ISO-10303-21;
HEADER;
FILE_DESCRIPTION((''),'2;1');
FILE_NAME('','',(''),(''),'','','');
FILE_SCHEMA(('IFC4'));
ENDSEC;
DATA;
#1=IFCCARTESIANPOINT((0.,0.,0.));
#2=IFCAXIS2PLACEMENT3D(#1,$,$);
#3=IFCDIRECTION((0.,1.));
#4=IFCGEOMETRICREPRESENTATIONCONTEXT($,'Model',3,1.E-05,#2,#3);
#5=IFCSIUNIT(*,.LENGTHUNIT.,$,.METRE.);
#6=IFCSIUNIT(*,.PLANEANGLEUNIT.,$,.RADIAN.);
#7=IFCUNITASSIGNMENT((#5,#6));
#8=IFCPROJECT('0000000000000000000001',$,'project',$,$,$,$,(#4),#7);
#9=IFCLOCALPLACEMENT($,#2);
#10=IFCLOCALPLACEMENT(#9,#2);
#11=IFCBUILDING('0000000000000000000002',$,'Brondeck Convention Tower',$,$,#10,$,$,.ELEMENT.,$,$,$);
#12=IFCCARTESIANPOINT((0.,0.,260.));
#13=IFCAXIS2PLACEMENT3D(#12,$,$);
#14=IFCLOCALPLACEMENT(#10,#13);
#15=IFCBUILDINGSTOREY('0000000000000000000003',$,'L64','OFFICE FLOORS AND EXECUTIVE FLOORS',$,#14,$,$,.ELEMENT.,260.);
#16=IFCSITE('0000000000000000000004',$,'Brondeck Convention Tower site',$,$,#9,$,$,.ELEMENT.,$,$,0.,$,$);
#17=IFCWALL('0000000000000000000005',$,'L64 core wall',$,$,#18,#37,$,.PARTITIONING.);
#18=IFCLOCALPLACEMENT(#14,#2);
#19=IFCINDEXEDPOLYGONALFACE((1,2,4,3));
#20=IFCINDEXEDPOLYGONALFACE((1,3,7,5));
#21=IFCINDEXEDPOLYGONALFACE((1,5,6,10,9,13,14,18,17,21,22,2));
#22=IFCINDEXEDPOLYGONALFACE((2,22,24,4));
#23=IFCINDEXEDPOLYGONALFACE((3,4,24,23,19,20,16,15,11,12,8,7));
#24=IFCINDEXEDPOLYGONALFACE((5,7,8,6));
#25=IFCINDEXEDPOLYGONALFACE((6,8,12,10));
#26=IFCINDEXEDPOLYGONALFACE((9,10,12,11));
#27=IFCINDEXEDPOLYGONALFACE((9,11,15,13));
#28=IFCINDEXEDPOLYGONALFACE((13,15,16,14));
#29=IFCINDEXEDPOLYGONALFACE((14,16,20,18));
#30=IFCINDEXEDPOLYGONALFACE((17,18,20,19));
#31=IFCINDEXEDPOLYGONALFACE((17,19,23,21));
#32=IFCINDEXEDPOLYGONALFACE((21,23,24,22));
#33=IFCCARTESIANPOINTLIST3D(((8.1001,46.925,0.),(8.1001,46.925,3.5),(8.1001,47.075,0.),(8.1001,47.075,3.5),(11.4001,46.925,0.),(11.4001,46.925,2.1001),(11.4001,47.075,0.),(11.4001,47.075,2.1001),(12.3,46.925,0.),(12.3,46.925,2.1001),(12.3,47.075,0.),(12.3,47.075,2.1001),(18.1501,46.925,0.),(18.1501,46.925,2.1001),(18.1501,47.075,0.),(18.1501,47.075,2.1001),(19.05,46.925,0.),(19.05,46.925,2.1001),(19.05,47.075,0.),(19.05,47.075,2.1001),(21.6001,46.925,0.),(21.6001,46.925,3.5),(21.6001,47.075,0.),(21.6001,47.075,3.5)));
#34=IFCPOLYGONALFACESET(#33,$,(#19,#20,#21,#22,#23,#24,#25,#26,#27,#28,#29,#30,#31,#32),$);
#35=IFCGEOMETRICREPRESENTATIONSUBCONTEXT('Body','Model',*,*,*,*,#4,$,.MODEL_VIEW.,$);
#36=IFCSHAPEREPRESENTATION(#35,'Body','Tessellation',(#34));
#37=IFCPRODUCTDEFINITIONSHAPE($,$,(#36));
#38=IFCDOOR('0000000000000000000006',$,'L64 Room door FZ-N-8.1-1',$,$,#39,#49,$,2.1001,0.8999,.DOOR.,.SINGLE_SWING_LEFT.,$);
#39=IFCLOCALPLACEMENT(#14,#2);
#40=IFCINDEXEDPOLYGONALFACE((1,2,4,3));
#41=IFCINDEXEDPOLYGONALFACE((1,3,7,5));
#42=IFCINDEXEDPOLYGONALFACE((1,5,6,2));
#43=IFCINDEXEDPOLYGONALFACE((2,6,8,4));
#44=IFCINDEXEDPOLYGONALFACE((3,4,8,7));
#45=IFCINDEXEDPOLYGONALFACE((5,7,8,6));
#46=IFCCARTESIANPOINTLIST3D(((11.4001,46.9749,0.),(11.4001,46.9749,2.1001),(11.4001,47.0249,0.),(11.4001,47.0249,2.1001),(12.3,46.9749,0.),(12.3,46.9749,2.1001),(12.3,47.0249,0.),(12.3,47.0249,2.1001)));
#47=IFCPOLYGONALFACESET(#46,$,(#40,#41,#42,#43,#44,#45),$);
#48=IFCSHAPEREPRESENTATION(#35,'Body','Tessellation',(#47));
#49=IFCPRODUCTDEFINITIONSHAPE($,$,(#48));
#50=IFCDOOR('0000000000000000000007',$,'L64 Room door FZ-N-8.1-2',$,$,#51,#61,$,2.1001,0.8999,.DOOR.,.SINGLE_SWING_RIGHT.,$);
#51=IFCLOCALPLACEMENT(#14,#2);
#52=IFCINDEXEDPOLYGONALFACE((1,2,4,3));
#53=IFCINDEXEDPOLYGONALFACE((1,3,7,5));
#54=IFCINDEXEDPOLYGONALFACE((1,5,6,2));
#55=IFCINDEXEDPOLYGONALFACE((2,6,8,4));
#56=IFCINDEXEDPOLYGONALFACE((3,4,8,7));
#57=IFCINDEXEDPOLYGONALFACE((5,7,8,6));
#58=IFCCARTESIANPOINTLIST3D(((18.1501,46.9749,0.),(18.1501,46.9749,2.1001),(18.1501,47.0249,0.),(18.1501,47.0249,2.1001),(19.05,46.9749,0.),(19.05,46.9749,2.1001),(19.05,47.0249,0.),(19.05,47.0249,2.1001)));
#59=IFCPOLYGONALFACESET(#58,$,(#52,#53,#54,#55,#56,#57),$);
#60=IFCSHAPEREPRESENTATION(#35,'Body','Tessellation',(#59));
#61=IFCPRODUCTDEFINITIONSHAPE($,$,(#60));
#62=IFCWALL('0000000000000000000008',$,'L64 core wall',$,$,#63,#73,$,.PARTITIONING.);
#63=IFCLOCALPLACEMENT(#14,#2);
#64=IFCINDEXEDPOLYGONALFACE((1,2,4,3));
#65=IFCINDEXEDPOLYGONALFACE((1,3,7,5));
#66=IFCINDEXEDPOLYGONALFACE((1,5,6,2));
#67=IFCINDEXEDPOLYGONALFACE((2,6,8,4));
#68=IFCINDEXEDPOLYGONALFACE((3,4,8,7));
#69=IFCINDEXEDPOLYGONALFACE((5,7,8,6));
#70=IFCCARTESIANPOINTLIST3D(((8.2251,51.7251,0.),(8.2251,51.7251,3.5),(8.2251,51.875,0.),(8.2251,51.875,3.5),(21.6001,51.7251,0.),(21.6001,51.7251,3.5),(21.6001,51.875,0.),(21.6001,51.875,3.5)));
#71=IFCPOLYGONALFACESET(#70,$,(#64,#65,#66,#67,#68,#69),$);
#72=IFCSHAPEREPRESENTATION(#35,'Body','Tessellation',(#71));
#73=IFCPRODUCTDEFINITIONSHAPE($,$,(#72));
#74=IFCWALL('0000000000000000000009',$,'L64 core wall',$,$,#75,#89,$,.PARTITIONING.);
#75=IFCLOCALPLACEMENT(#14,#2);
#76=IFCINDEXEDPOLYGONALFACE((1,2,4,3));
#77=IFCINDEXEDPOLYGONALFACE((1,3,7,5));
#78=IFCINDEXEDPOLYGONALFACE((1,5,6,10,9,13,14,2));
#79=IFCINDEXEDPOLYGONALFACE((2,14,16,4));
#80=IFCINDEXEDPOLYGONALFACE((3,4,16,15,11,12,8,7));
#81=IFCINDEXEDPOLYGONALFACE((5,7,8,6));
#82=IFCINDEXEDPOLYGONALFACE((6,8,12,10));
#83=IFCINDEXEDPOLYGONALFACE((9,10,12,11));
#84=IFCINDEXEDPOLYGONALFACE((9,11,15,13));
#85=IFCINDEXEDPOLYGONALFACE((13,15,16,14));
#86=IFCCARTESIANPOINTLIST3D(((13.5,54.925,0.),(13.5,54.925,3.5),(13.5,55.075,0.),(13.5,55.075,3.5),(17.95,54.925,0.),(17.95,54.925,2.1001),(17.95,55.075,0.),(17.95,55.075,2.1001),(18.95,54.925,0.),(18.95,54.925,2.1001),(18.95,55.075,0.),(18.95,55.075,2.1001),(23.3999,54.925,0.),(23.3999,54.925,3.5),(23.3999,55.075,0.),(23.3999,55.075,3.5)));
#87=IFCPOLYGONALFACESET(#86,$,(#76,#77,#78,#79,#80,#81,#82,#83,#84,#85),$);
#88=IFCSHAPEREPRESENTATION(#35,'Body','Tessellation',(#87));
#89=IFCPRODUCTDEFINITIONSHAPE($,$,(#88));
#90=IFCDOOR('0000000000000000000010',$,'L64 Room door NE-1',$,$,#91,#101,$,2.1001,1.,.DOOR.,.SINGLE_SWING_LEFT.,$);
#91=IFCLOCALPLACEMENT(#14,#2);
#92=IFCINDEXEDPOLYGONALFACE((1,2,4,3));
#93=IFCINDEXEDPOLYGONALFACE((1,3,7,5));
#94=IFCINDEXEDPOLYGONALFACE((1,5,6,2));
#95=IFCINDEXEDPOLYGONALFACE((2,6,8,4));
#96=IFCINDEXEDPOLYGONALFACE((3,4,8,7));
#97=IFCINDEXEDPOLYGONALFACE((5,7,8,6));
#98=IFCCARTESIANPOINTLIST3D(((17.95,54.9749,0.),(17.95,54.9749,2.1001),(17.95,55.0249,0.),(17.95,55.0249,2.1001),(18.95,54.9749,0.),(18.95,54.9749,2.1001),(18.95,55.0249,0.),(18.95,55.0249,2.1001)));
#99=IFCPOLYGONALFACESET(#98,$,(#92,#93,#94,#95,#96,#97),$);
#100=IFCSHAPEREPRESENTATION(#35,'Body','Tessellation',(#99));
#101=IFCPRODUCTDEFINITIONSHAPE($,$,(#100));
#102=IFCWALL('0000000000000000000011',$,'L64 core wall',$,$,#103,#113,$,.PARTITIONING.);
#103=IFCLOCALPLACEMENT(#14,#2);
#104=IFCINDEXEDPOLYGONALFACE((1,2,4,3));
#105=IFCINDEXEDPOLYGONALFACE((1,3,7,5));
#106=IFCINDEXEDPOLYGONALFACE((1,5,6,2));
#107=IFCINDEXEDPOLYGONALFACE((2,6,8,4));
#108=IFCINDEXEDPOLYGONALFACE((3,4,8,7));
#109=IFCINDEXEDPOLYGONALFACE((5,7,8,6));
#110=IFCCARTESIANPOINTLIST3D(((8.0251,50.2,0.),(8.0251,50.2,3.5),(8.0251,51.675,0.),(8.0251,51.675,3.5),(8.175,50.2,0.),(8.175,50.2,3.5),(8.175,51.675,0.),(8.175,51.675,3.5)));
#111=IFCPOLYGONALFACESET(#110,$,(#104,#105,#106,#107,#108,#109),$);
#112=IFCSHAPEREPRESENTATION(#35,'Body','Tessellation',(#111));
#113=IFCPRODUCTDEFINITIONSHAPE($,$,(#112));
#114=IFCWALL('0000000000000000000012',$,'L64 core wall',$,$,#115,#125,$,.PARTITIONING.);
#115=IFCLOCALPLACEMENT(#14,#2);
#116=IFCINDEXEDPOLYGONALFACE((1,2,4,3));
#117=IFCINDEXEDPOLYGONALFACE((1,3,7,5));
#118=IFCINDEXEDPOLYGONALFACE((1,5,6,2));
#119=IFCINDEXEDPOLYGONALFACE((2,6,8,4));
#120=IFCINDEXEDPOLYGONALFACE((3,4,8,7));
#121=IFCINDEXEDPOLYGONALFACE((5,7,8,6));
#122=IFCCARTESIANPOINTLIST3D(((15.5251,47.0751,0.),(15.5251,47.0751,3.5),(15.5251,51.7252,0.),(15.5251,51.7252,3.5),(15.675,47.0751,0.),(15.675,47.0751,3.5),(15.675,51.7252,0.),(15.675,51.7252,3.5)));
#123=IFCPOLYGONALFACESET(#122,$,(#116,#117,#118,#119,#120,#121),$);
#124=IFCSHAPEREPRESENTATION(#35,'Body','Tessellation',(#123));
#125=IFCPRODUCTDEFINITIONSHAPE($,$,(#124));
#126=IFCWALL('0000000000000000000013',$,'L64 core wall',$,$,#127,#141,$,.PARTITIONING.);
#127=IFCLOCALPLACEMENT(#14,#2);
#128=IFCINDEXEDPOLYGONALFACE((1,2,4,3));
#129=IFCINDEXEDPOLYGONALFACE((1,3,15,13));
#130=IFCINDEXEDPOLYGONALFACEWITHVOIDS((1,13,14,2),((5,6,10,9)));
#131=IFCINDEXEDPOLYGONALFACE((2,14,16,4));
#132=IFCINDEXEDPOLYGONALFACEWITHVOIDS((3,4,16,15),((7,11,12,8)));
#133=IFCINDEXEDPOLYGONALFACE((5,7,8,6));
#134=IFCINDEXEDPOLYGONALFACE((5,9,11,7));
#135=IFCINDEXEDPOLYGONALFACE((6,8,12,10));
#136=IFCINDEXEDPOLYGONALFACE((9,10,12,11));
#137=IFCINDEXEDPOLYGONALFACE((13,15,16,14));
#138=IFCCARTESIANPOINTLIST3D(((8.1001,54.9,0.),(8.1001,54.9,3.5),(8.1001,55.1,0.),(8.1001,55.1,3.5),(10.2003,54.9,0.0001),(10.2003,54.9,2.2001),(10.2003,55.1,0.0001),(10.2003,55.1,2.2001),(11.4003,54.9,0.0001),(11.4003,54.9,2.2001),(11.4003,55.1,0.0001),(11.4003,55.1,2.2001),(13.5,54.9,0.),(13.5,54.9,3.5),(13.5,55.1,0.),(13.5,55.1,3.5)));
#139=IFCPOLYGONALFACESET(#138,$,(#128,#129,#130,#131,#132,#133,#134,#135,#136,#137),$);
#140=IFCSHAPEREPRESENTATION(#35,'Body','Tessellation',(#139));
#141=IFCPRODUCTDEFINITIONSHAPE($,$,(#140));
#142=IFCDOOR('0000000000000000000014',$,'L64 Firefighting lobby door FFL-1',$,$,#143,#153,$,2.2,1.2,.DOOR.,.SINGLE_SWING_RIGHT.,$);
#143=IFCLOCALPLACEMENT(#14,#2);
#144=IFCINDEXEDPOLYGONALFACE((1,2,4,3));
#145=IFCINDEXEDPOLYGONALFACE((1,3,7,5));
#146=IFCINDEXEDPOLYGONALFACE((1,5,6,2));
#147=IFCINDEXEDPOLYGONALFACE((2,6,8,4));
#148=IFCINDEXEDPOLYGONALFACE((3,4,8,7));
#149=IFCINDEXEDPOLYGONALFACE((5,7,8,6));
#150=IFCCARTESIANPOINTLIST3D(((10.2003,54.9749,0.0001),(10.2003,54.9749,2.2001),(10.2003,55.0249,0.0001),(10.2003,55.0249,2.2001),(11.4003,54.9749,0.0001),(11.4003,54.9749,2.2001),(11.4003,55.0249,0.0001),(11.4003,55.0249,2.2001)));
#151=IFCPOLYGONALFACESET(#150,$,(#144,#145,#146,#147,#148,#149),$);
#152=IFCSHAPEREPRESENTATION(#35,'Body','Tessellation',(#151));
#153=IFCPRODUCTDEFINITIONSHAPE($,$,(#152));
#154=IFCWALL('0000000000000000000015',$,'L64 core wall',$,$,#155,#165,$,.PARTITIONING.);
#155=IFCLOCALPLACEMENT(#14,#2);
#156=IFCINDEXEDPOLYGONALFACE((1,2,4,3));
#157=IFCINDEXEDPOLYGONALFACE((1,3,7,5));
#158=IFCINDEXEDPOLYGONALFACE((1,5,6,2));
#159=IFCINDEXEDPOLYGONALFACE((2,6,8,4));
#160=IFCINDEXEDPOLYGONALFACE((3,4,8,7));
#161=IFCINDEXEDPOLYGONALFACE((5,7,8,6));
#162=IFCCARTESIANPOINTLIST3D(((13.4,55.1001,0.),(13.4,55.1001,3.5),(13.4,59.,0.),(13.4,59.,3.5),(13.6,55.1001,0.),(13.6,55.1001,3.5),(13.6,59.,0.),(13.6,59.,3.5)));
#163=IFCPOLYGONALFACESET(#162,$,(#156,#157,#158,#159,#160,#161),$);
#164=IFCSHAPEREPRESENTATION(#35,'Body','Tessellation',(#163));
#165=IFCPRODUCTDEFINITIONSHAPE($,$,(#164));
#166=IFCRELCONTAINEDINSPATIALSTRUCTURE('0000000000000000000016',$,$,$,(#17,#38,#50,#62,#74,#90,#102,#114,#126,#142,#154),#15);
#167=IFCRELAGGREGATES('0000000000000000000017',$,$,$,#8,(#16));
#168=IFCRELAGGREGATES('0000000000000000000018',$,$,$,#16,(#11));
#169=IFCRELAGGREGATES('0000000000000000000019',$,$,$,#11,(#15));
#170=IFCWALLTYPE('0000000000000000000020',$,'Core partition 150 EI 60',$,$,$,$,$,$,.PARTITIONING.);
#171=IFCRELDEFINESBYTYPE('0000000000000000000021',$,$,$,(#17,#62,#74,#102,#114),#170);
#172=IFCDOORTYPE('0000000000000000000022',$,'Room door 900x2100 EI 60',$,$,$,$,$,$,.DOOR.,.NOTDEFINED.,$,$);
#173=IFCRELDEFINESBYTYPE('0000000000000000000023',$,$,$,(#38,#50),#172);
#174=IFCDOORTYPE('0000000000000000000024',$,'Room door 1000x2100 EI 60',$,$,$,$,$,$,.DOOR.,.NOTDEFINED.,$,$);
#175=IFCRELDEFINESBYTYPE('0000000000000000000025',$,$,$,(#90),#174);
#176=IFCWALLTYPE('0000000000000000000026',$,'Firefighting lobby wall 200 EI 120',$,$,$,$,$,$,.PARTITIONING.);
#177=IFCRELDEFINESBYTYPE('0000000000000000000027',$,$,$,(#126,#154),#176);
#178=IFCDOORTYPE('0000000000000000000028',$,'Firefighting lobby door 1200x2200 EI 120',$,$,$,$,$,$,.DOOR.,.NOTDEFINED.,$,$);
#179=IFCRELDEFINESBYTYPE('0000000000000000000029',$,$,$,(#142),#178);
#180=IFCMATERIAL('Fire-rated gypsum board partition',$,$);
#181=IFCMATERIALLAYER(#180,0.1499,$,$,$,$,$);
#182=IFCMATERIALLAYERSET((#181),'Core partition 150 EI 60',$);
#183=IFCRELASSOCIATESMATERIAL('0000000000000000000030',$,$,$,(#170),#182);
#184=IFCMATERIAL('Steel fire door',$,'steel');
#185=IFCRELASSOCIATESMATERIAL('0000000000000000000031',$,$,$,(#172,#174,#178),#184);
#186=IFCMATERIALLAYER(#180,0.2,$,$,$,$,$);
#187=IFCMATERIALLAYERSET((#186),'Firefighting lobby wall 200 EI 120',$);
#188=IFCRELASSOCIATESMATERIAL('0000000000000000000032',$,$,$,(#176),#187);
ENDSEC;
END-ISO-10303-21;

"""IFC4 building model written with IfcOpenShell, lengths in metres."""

from ifc_helpers import new_model, si_unit, direction, frame, frame_2d, origin, place, context, subcontext, project, spatial, rectangle, extrude, material, layer, layer_set, type_object, element, fill, save


model = new_model("IFC4")

# Units and contexts
model_context = context("Model", 3, precision=1e-05, world=origin(), true_north=direction((0.0, 1.0)))
body_context = subcontext(model_context, "Body", "Model", "MODEL_VIEW")
ifc_project = project(units=[si_unit("LENGTHUNIT", "METRE"), si_unit("PLANEANGLEUNIT", "RADIAN")], contexts=[model_context])

# Site, building, storey
site_placement = place(None, origin())
site = spatial("IfcSite", under=ifc_project, at=site_placement, Name="Brondeck Convention Tower site", CompositionType="ELEMENT", RefElevation=0.0)
building_placement = place(site_placement, origin())
building = spatial("IfcBuilding", under=site, at=building_placement, Name="Brondeck Convention Tower", CompositionType="ELEMENT")
storey_placement = place(building_placement, frame((0.0, 0.0, 260.0)))
storey = spatial("IfcBuildingStorey", under=building, at=storey_placement, Name="L64", Description="OFFICE FLOORS AND EXECUTIVE FLOORS", CompositionType="ELEMENT", Elevation=260.0)

# Wall, openings, doors
ifc_material_1 = material(Name="Fire-rated gypsum board partition")
ifc_layer_1 = layer(ifc_material_1, 0.1499)
ifc_layer_set_1 = layer_set([ifc_layer_1], Name="Core partition 150 EI 60")
wall_type_1 = type_object("IfcWallType", Name="Core partition 150 EI 60", PredefinedType="PARTITIONING", material=ifc_layer_set_1)
wall_1_placement = place(storey_placement, frame((8.1001, 47.0, 0.0), z_axis=(0.0, 0.0, 1.0), x_axis=(1.0, 0.0, 0.0)))
wall_1 = element("IfcWall", 1, at=wall_1_placement, inside=storey, type_object=wall_type_1, Name="L64 core wall", PredefinedType="PARTITIONING", context=body_context, shape_type="SweptSolid", body=[
    extrude(rectangle(XDim=13.5, YDim=0.1499, at=frame_2d((6.75, 0.0))), origin(), (0.0, 0.0, 1.0), 3.5),
])
opening_1_placement = place(wall_1_placement, frame((3.3, 0.0, 0.0)))
opening_1 = element("IfcOpeningElement", 2, at=opening_1_placement, cuts=wall_1, PredefinedType="OPENING", context=body_context, shape_type="SweptSolid", body=[
    extrude(rectangle(XDim=0.8999, YDim=2.1001, at=frame_2d((0.45, 1.05))), frame((0.0, 0.085, 0.0), z_axis=(0.0, -1.0, 0.0), x_axis=(1.0, 0.0, 0.0)), (0.0, 0.0, 1.0), 0.1699),
])
opening_2_placement = place(wall_1_placement, frame((10.05, 0.0, 0.0)))
opening_2 = element("IfcOpeningElement", 3, at=opening_2_placement, cuts=wall_1, PredefinedType="OPENING", context=body_context, shape_type="SweptSolid", body=[
    extrude(rectangle(XDim=0.8999, YDim=2.1001, at=frame_2d((0.45, 1.05))), frame((0.0, 0.085, 0.0), z_axis=(0.0, -1.0, 0.0), x_axis=(1.0, 0.0, 0.0)), (0.0, 0.0, 1.0), 0.1699),
])
ifc_material_2 = material(Name="Steel fire door", Category="steel")
door_type_1 = type_object("IfcDoorType", Name="Room door 900x2100 EI 60", OperationType="NOTDEFINED", PredefinedType="DOOR", material=ifc_material_2)
door_1_placement = place(opening_1_placement, origin())
door_1 = element("IfcDoor", 4, at=door_1_placement, inside=storey, type_object=door_type_1, Name="L64 Room door FZ-N-8.1-1", OperationType="SINGLE_SWING_LEFT", OverallHeight=2.1001, OverallWidth=0.8999, PredefinedType="DOOR", context=body_context, shape_type="SweptSolid", body=[
    extrude(rectangle(XDim=0.8999, YDim=2.1001, at=frame_2d((0.45, 1.05))), frame((0.0, 0.0249, 0.0), z_axis=(0.0, -1.0, 0.0), x_axis=(1.0, 0.0, 0.0)), (0.0, 0.0, 1.0), 0.05),
])
fill(opening_1, door_1)
door_2_placement = place(opening_2_placement, origin())
door_2 = element("IfcDoor", 5, at=door_2_placement, inside=storey, type_object=door_type_1, Name="L64 Room door FZ-N-8.1-2", OperationType="SINGLE_SWING_RIGHT", OverallHeight=2.1001, OverallWidth=0.8999, PredefinedType="DOOR", context=body_context, shape_type="SweptSolid", body=[
    extrude(rectangle(XDim=0.8999, YDim=2.1001, at=frame_2d((0.45, 1.05))), frame((0.0, 0.0249, 0.0), z_axis=(0.0, -1.0, 0.0), x_axis=(1.0, 0.0, 0.0)), (0.0, 0.0, 1.0), 0.05),
])
fill(opening_2, door_2)

# Wall
wall_2_placement = place(storey_placement, frame((8.2251, 51.8, 0.0), z_axis=(0.0, 0.0, 1.0), x_axis=(1.0, 0.0, 0.0)))
element("IfcWall", 6, at=wall_2_placement, inside=storey, type_object=wall_type_1, Name="L64 core wall", PredefinedType="PARTITIONING", context=body_context, shape_type="SweptSolid", body=[
    extrude(rectangle(XDim=13.375, YDim=0.1499, at=frame_2d((6.6875, 0.0))), origin(), (0.0, 0.0, 1.0), 3.5),
])

# Wall, opening, door
wall_3_placement = place(storey_placement, frame((13.5, 55.0, 0.0), z_axis=(0.0, 0.0, 1.0), x_axis=(1.0, 0.0, 0.0)))
wall_3 = element("IfcWall", 7, at=wall_3_placement, inside=storey, type_object=wall_type_1, Name="L64 core wall", PredefinedType="PARTITIONING", context=body_context, shape_type="SweptSolid", body=[
    extrude(rectangle(XDim=9.8999, YDim=0.1499, at=frame_2d((4.95, 0.0))), origin(), (0.0, 0.0, 1.0), 3.5),
])
opening_3_placement = place(wall_3_placement, frame((4.45, 0.0, 0.0)))
opening_3 = element("IfcOpeningElement", 8, at=opening_3_placement, cuts=wall_3, PredefinedType="OPENING", context=body_context, shape_type="SweptSolid", body=[
    extrude(rectangle(XDim=1.0, YDim=2.1001, at=frame_2d((0.5, 1.05))), frame((0.0, 0.085, 0.0), z_axis=(0.0, -1.0, 0.0), x_axis=(1.0, 0.0, 0.0)), (0.0, 0.0, 1.0), 0.1699),
])
door_type_2 = type_object("IfcDoorType", Name="Room door 1000x2100 EI 60", OperationType="NOTDEFINED", PredefinedType="DOOR", material=ifc_material_2)
door_3_placement = place(opening_3_placement, origin())
door_3 = element("IfcDoor", 9, at=door_3_placement, inside=storey, type_object=door_type_2, Name="L64 Room door NE-1", OperationType="SINGLE_SWING_LEFT", OverallHeight=2.1001, OverallWidth=1.0, PredefinedType="DOOR", context=body_context, shape_type="SweptSolid", body=[
    extrude(rectangle(XDim=1.0, YDim=2.1001, at=frame_2d((0.5, 1.05))), frame((0.0, 0.0249, 0.0), z_axis=(0.0, -1.0, 0.0), x_axis=(1.0, 0.0, 0.0)), (0.0, 0.0, 1.0), 0.05),
])
fill(opening_3, door_3)

# Walls
wall_4_placement = place(storey_placement, frame((8.1001, 50.2, 0.0), z_axis=(0.0, 0.0, 1.0), x_axis=(0.0, 1.0, 0.0)))
element("IfcWall", 10, at=wall_4_placement, inside=storey, type_object=wall_type_1, Name="L64 core wall", PredefinedType="PARTITIONING", context=body_context, shape_type="SweptSolid", body=[
    extrude(rectangle(XDim=1.4751, YDim=0.1499, at=frame_2d((0.7375, 0.0))), origin(), (0.0, 0.0, 1.0), 3.5),
])
wall_5_placement = place(storey_placement, frame((15.6001, 47.075, 0.0), z_axis=(0.0, 0.0, 1.0), x_axis=(0.0, 1.0, 0.0)))
element("IfcWall", 11, at=wall_5_placement, inside=storey, type_object=wall_type_1, Name="L64 core wall", PredefinedType="PARTITIONING", context=body_context, shape_type="SweptSolid", body=[
    extrude(rectangle(XDim=4.6501, YDim=0.1499, at=frame_2d((2.3252, 0.0))), origin(), (0.0, 0.0, 1.0), 3.5),
])

# Wall, opening, door
ifc_layer_2 = layer(ifc_material_1, 0.2)
ifc_layer_set_2 = layer_set([ifc_layer_2], Name="Firefighting lobby wall 200 EI 120")
wall_type_2 = type_object("IfcWallType", Name="Firefighting lobby wall 200 EI 120", PredefinedType="PARTITIONING", material=ifc_layer_set_2)
wall_6_placement = place(storey_placement, frame((8.1001, 55.0, 0.0), z_axis=(0.0, 0.0, 1.0), x_axis=(1.0, 0.0, 0.0)))
wall_6 = element("IfcWall", 12, at=wall_6_placement, inside=storey, type_object=wall_type_2, Name="L64 core wall", PredefinedType="PARTITIONING", context=body_context, shape_type="SweptSolid", body=[
    extrude(rectangle(XDim=5.3999, YDim=0.2, at=frame_2d((2.7, 0.0))), origin(), (0.0, 0.0, 1.0), 3.5),
])
opening_4_placement = place(wall_6_placement, frame((2.1001, 0.0, 0.0)))
opening_4 = element("IfcOpeningElement", 13, at=opening_4_placement, cuts=wall_6, PredefinedType="OPENING", context=body_context, shape_type="SweptSolid", body=[
    extrude(rectangle(XDim=1.2, YDim=2.2, at=frame_2d((0.6001, 1.1001))), frame((0.0, 0.1099, 0.0), z_axis=(0.0, -1.0, 0.0), x_axis=(1.0, 0.0, 0.0)), (0.0, 0.0, 1.0), 0.22),
])
door_type_3 = type_object("IfcDoorType", Name="Firefighting lobby door 1200x2200 EI 120", OperationType="NOTDEFINED", PredefinedType="DOOR", material=ifc_material_2)
door_4_placement = place(opening_4_placement, origin())
door_4 = element("IfcDoor", 14, at=door_4_placement, inside=storey, type_object=door_type_3, Name="L64 Firefighting lobby door FFL-1", OperationType="SINGLE_SWING_RIGHT", OverallHeight=2.2, OverallWidth=1.2, PredefinedType="DOOR", context=body_context, shape_type="SweptSolid", body=[
    extrude(rectangle(XDim=1.2, YDim=2.2, at=frame_2d((0.6001, 1.1001))), frame((0.0, 0.0249, 0.0), z_axis=(0.0, -1.0, 0.0), x_axis=(1.0, 0.0, 0.0)), (0.0, 0.0, 1.0), 0.05),
])
fill(opening_4, door_4)

# Wall
wall_7_placement = place(storey_placement, frame((13.5, 55.1001, 0.0), z_axis=(0.0, 0.0, 1.0), x_axis=(0.0, 1.0, 0.0)))
element("IfcWall", 15, at=wall_7_placement, inside=storey, type_object=wall_type_2, Name="L64 core wall", PredefinedType="PARTITIONING", context=body_context, shape_type="SweptSolid", body=[
    extrude(rectangle(XDim=3.8999, YDim=0.2, at=frame_2d((1.95, 0.0))), origin(), (0.0, 0.0, 1.0), 3.5),
])

save(model, "model.ifc")
